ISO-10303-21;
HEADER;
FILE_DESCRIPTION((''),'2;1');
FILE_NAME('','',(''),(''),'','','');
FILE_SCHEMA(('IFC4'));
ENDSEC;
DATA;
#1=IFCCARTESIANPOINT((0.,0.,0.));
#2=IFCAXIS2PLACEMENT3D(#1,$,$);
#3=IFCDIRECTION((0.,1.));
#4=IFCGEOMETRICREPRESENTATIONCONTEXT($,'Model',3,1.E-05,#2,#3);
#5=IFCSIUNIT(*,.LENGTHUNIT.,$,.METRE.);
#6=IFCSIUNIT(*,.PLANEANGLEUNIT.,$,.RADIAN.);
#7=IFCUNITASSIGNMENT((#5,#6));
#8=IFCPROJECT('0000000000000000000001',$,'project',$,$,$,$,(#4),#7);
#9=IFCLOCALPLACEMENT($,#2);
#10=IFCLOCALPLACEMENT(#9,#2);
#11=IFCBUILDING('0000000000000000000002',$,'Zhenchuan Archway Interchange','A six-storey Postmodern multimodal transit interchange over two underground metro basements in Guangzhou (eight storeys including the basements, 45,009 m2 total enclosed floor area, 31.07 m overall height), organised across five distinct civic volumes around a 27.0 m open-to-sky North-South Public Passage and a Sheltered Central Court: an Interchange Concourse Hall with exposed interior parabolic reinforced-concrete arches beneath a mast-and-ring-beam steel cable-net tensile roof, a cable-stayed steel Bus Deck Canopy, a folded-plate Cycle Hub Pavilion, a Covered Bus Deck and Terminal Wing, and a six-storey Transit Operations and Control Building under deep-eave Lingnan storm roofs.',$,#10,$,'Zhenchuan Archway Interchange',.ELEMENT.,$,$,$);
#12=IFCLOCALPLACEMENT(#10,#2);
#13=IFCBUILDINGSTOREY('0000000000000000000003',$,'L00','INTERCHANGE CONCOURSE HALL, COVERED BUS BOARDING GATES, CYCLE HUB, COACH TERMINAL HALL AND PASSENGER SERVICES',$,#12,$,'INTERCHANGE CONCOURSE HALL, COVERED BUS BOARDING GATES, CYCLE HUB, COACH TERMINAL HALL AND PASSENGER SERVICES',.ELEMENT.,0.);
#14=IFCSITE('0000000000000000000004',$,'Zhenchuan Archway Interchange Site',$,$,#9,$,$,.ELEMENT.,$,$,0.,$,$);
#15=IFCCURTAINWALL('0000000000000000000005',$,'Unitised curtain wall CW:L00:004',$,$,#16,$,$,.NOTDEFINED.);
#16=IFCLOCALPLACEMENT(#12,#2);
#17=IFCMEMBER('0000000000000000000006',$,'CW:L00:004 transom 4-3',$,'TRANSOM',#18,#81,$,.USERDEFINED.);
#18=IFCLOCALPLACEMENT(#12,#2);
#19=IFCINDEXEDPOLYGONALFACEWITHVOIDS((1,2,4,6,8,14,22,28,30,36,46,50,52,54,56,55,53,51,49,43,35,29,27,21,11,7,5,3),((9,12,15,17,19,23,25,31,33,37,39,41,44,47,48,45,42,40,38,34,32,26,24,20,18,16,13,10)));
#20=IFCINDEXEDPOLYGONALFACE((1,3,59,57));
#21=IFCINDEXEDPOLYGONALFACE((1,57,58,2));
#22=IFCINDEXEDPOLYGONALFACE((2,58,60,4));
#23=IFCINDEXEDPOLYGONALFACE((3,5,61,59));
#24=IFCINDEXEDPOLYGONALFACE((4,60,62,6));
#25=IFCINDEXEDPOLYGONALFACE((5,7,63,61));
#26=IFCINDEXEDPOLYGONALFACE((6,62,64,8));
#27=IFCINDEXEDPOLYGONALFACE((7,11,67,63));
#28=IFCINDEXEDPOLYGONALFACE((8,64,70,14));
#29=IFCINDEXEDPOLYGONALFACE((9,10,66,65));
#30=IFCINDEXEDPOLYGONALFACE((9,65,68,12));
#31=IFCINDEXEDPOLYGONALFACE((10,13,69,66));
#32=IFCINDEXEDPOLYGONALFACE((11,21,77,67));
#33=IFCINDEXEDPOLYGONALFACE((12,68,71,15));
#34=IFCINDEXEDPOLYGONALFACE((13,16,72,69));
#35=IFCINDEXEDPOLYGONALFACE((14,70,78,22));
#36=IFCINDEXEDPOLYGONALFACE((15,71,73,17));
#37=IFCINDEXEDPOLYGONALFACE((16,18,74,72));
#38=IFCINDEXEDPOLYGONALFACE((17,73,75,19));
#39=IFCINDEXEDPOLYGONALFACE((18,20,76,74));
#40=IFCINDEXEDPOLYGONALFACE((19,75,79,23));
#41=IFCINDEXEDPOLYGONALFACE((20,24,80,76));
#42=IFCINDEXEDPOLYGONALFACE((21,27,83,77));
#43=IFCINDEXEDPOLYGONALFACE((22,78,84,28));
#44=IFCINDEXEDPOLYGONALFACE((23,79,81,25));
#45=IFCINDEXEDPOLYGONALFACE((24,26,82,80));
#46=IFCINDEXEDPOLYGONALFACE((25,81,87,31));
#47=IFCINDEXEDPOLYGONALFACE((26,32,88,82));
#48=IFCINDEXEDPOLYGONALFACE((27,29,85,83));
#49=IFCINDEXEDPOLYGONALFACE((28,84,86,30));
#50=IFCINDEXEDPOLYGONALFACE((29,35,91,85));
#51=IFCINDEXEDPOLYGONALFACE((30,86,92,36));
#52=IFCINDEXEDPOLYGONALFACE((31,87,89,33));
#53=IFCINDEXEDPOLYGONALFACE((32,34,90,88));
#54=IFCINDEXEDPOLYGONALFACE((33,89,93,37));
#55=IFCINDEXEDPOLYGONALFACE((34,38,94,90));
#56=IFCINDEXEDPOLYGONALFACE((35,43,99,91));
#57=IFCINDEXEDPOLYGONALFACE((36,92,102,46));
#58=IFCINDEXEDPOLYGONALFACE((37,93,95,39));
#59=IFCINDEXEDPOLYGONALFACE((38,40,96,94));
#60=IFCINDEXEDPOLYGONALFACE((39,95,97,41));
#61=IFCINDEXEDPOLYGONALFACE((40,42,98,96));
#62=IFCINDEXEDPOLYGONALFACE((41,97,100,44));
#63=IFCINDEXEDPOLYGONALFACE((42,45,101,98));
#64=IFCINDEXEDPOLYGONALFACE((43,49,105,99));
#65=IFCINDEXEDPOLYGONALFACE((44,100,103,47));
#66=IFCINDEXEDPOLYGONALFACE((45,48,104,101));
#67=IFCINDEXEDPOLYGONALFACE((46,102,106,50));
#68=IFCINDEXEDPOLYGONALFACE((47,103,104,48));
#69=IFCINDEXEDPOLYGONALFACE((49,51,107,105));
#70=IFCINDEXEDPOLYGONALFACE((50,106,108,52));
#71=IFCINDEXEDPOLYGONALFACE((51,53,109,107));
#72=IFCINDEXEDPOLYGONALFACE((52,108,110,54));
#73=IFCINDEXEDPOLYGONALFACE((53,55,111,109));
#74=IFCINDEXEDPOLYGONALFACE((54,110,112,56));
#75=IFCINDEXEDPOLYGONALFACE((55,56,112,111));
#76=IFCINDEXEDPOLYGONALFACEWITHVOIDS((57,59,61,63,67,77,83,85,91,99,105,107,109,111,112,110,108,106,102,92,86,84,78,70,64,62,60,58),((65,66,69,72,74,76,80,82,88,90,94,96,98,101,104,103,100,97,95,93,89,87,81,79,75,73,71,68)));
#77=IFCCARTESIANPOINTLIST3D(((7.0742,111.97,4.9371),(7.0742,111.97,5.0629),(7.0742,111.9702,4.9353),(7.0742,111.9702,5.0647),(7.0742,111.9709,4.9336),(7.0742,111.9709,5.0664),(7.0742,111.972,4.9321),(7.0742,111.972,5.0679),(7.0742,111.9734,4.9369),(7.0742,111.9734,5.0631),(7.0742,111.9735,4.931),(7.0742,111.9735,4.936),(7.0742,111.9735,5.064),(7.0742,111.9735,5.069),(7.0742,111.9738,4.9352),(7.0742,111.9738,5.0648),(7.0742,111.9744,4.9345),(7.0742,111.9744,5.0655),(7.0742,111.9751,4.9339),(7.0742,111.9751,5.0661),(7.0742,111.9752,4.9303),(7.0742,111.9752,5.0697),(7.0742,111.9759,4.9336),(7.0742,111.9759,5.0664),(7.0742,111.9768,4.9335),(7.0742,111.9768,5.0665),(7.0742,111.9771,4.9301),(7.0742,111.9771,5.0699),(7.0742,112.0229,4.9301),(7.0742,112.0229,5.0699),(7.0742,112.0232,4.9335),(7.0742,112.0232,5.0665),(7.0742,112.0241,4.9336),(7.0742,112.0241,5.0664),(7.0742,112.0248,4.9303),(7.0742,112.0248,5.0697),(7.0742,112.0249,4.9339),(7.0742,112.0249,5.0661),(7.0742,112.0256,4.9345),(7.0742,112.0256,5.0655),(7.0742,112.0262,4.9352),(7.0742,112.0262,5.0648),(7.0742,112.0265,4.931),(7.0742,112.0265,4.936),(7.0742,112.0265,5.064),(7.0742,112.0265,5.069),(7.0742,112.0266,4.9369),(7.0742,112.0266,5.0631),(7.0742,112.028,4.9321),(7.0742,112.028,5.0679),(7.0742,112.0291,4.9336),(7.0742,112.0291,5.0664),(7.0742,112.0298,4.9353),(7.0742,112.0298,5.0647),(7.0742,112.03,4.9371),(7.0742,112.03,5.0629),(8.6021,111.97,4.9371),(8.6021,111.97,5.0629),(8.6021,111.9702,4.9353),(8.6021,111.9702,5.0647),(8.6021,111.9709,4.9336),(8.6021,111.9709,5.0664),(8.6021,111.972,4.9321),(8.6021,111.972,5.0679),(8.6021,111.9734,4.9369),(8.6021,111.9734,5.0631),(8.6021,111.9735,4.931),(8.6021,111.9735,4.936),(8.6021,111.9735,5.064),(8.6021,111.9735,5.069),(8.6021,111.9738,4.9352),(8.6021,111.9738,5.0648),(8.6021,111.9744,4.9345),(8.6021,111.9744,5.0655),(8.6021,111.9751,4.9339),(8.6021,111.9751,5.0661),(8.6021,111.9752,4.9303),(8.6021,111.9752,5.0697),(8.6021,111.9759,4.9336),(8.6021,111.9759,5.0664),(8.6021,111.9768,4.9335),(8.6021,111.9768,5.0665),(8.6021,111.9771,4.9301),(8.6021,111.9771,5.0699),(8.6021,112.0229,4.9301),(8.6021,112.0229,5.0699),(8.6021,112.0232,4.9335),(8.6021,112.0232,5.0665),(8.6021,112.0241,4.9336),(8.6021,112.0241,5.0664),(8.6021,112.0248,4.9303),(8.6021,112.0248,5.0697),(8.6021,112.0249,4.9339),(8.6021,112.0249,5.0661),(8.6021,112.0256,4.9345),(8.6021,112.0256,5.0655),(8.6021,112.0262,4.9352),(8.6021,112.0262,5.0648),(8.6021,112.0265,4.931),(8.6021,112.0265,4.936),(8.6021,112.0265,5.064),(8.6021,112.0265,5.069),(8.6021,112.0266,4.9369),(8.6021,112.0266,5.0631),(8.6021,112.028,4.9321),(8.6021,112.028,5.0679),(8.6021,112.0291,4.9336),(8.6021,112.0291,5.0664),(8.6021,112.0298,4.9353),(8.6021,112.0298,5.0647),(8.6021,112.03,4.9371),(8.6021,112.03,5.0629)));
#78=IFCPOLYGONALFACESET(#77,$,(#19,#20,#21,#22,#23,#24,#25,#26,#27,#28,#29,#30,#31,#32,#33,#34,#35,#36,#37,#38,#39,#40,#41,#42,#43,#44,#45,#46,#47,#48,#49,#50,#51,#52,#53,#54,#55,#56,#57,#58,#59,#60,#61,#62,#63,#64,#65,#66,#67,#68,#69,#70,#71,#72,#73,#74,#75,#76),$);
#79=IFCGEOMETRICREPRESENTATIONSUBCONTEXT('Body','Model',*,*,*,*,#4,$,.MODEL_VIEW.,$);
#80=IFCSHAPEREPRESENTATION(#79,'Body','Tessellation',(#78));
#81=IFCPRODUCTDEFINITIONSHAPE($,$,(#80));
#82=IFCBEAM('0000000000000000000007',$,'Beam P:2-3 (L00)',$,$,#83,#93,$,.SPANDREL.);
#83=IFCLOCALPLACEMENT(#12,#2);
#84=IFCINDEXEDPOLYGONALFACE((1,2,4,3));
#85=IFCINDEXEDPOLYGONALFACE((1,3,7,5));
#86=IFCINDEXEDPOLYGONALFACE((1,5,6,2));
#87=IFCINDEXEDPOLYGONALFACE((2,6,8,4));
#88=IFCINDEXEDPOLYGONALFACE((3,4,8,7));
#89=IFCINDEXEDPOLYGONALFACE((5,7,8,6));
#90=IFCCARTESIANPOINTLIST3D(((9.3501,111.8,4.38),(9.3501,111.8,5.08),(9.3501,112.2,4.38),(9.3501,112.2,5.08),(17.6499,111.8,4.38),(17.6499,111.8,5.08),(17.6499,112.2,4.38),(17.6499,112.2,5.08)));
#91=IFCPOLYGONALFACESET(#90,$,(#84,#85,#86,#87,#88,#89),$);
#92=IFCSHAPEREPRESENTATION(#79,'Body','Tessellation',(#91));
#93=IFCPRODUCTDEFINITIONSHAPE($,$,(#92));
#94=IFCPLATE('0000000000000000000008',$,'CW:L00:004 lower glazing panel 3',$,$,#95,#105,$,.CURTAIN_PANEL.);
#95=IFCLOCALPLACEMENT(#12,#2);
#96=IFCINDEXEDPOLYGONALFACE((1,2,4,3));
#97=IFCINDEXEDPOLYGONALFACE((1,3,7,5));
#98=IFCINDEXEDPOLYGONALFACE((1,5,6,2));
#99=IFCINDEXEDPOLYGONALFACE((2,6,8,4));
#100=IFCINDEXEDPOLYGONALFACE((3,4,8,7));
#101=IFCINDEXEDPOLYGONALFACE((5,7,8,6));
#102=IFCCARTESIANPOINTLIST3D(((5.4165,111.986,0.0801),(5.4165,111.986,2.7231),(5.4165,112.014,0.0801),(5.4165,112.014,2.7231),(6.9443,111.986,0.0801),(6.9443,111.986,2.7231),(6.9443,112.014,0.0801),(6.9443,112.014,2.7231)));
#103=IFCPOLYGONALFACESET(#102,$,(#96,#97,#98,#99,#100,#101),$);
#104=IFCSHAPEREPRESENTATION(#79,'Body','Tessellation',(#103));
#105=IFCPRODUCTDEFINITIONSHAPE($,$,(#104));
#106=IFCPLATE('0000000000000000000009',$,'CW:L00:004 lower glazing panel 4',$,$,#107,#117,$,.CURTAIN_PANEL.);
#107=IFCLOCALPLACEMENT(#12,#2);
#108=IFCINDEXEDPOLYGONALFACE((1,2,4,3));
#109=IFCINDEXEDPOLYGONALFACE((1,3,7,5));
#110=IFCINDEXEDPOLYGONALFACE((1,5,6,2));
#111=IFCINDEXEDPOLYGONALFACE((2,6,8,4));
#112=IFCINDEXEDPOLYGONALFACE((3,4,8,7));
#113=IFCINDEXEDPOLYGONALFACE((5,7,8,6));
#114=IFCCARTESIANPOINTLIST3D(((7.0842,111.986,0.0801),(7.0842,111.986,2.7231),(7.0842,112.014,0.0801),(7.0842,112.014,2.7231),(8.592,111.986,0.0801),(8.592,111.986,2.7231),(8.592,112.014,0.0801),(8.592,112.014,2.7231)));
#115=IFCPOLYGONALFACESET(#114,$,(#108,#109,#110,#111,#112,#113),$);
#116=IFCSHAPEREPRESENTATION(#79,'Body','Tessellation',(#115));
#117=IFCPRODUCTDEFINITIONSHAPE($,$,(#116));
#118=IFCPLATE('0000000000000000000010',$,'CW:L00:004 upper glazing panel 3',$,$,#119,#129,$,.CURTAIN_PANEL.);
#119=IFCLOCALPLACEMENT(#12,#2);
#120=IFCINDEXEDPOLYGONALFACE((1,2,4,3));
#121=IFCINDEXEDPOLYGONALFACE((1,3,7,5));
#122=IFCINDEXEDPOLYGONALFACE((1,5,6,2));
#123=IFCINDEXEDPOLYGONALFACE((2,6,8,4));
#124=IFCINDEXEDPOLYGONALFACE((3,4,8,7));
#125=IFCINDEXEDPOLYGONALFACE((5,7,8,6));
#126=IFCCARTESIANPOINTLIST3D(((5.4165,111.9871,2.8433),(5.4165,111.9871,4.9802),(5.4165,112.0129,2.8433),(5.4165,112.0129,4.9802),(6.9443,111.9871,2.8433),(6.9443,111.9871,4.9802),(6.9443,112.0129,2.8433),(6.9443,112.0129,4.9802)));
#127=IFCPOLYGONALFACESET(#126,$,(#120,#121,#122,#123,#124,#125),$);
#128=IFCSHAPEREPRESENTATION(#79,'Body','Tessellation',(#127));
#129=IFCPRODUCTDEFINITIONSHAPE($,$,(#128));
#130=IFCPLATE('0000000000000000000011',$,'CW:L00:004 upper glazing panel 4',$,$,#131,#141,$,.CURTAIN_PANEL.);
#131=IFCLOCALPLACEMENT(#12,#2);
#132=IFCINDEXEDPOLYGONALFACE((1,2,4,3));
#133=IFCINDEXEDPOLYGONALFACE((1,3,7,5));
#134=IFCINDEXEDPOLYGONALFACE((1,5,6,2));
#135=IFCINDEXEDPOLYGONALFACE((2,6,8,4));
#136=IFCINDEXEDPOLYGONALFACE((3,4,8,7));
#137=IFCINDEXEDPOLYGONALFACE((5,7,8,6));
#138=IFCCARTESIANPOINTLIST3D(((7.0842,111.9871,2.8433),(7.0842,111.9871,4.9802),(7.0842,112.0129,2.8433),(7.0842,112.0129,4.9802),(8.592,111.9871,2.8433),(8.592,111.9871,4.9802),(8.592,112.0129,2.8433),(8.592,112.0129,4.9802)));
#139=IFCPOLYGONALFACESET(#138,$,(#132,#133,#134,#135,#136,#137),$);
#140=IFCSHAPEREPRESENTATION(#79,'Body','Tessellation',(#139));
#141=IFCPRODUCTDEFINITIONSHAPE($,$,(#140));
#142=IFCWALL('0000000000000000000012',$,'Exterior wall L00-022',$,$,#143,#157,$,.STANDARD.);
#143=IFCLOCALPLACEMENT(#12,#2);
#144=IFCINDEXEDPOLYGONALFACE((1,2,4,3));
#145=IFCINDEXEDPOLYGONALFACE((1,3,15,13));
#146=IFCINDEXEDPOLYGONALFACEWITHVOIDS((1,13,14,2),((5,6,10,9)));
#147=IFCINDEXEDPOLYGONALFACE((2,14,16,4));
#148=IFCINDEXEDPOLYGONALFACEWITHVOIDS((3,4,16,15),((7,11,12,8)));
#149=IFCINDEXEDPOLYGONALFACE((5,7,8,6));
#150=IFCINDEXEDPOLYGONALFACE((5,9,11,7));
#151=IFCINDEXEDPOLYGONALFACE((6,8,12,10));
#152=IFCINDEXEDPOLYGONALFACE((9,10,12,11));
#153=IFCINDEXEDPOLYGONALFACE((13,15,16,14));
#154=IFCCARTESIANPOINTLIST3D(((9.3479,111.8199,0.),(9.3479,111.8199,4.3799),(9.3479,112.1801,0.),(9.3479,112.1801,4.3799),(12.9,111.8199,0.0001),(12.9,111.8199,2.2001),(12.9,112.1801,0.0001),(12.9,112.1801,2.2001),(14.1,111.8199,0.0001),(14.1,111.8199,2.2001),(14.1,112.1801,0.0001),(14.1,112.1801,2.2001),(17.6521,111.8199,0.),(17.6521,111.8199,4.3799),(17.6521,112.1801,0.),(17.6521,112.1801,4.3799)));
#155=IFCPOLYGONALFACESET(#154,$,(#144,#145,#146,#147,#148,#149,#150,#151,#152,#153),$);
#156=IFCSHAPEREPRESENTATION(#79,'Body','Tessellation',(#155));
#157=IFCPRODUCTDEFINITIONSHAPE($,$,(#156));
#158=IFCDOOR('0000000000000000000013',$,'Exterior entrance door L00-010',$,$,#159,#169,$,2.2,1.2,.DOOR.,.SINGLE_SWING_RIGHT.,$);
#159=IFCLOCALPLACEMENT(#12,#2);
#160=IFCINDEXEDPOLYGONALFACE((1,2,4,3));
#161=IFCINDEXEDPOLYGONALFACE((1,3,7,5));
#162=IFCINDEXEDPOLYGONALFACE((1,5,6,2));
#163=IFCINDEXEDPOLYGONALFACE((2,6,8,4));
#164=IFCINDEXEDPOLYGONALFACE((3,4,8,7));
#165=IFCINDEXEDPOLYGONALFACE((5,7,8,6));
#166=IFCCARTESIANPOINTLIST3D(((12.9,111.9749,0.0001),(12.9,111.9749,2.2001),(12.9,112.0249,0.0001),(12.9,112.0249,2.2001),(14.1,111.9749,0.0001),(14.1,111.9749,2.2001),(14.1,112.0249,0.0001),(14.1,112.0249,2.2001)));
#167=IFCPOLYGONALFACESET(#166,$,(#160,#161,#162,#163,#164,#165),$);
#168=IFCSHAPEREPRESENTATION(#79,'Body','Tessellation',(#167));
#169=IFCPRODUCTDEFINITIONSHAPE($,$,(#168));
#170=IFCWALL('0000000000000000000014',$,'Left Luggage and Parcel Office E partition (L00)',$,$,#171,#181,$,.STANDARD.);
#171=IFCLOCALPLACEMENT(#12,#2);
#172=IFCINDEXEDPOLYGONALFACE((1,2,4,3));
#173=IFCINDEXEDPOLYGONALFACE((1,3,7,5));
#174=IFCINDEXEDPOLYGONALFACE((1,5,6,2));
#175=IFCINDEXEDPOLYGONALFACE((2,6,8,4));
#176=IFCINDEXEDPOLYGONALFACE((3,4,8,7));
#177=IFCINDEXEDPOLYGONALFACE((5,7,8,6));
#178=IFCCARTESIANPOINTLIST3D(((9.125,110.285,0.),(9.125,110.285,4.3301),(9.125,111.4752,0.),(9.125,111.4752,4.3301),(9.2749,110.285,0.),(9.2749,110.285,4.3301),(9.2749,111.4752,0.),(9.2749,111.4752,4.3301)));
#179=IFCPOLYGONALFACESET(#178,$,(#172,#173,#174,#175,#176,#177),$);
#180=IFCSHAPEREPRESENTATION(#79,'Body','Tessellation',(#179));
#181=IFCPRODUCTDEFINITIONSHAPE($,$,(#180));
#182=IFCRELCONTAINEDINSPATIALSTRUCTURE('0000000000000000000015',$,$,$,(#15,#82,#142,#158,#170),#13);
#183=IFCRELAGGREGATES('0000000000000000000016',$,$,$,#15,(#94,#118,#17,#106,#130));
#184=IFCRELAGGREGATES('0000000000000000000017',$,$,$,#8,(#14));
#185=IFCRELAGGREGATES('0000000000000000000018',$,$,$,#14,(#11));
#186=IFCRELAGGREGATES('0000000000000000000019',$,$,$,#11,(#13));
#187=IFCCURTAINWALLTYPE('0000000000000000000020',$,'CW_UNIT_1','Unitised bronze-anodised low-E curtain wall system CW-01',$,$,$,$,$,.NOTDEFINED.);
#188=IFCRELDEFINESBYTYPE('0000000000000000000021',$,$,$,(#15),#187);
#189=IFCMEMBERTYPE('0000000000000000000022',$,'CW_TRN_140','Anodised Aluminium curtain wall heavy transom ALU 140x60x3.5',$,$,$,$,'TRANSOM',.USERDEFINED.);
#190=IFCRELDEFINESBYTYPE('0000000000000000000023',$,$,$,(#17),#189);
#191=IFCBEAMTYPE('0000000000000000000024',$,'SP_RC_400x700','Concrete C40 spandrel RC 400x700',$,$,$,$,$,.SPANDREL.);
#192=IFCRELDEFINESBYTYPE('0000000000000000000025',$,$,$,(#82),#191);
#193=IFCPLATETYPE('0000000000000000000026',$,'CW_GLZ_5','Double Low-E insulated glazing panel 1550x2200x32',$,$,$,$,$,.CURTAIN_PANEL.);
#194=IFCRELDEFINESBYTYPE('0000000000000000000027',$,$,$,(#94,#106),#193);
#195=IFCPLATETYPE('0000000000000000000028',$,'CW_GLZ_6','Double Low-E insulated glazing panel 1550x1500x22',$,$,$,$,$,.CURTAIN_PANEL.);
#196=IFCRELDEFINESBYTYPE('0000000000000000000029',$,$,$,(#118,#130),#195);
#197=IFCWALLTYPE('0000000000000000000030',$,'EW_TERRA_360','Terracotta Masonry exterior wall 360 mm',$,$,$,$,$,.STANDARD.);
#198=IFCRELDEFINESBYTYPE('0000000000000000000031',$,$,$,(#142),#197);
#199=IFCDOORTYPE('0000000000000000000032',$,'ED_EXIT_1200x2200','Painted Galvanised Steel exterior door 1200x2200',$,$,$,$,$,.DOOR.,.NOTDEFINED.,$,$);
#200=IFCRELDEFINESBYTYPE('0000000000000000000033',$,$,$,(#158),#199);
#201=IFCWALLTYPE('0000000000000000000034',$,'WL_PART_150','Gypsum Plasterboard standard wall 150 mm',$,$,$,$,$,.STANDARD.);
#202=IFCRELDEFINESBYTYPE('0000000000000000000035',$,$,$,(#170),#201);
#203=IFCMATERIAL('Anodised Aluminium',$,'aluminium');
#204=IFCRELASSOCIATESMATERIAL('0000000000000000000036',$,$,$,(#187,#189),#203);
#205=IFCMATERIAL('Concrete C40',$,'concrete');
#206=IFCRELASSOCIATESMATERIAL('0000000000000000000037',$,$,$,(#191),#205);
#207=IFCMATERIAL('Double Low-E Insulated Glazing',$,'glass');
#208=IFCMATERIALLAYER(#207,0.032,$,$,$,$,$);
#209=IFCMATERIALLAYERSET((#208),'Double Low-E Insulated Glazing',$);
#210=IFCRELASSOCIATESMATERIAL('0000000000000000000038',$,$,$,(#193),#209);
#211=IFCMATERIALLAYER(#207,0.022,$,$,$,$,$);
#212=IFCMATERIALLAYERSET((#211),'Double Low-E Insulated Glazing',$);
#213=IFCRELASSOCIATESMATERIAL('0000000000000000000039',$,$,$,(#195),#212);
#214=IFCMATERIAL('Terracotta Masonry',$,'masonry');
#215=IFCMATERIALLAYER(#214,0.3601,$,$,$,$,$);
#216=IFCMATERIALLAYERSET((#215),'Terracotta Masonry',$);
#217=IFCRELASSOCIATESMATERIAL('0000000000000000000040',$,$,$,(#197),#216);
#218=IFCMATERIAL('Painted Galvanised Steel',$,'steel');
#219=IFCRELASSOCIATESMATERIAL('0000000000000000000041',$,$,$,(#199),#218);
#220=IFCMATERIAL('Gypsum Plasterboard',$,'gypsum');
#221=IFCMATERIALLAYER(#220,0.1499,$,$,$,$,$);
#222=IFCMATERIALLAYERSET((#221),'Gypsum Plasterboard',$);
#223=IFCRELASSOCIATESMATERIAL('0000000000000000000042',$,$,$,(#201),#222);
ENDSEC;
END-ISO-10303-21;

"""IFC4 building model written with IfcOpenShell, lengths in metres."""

from ifc_helpers import new_model, si_unit, direction, frame, frame_2d, origin, origin_2d, place, context, subcontext, project, spatial, rectangle, hollow_rectangle, extrude, material, layer, layer_set, material_profile, profile_set, type_object, element, fill, aggregate, save


model = new_model("IFC4")

# Units and contexts
model_context = context("Model", 3, precision=1e-05, world=origin(), true_north=direction((0.0, 1.0)))
body_context = subcontext(model_context, "Body", "Model", "MODEL_VIEW")
ifc_project = project(units=[si_unit("LENGTHUNIT", "METRE"), si_unit("PLANEANGLEUNIT", "RADIAN")], contexts=[model_context])

# Site, building, storey
site_placement = place(None, origin())
site = spatial("IfcSite", under=ifc_project, at=site_placement, Name="Zhenchuan Archway Interchange Site", CompositionType="ELEMENT", RefElevation=0.0)
building_placement = place(site_placement, origin())
building = spatial("IfcBuilding", under=site, at=building_placement, Name="Zhenchuan Archway Interchange", Description="A six-storey Postmodern multimodal transit interchange over two underground metro basements in Guangzhou (eight storeys including the basements, 45,009 m2 total enclosed floor area, 31.07 m overall height), organised across five distinct civic volumes around a 27.0 m open-to-sky North-South Public Passage and a Sheltered Central Court: an Interchange Concourse Hall with exposed interior parabolic reinforced-concrete arches beneath a mast-and-ring-beam steel cable-net tensile roof, a cable-stayed steel Bus Deck Canopy, a folded-plate Cycle Hub Pavilion, a Covered Bus Deck and Terminal Wing, and a six-storey Transit Operations and Control Building under deep-eave Lingnan storm roofs.", LongName="Zhenchuan Archway Interchange", CompositionType="ELEMENT")
storey_placement = place(building_placement, origin())
storey = spatial("IfcBuildingStorey", under=building, at=storey_placement, Name="L00", Description="INTERCHANGE CONCOURSE HALL, COVERED BUS BOARDING GATES, CYCLE HUB, COACH TERMINAL HALL AND PASSENGER SERVICES", LongName="INTERCHANGE CONCOURSE HALL, COVERED BUS BOARDING GATES, CYCLE HUB, COACH TERMINAL HALL AND PASSENGER SERVICES", CompositionType="ELEMENT", Elevation=0.0)

# Shared definitions
ifc_material_1 = material(Name="Concrete C40", Category="concrete")

# Curtain wall, member
ifc_material_2 = material(Name="Anodised Aluminium", Category="aluminium")
curtain_wall_type = type_object("IfcCurtainWallType", Name="CW_UNIT_1", Description="Unitised bronze-anodised low-E curtain wall system CW-01", PredefinedType="NOTDEFINED", material=ifc_material_2)
curtain_wall_placement = place(storey_placement, origin())
curtain_wall = element("IfcCurtainWall", 1, at=curtain_wall_placement, inside=storey, type_object=curtain_wall_type, Name="Unitised curtain wall CW:L00:004", PredefinedType="NOTDEFINED")
ifc_material_profile_1 = material_profile(ifc_material_2, hollow_rectangle(XDim=0.0601, YDim=0.1399, WallThickness=0.0034, InnerFilletRadius=0.0034, OuterFilletRadius=0.0071, at=origin_2d()), Name="ALU 140x60x3.5")
ifc_profile_set_1 = profile_set([ifc_material_profile_1], Name="Anodised Aluminium")
member_type_1 = type_object("IfcMemberType", Name="CW_TRN_140", Description="Anodised Aluminium curtain wall heavy transom ALU 140x60x3.5", ElementType="TRANSOM", PredefinedType="USERDEFINED", material=ifc_profile_set_1)
member_1_placement = place(storey_placement, frame((7.0742, 112.0, 5.0), z_axis=(1.0, 0.0, 0.0), x_axis=(0.0, 1.0, 0.0)))
member_1 = element("IfcMember", 2, at=member_1_placement, type_object=member_type_1, Name="CW:L00:004 transom 4-3", ObjectType="TRANSOM", PredefinedType="USERDEFINED", context=body_context, shape_type="SweptSolid", body=[
    extrude(hollow_rectangle(XDim=0.0601, YDim=0.1399, WallThickness=0.0034, InnerFilletRadius=0.0034, OuterFilletRadius=0.0071, at=origin_2d()), origin(), (0.0, 0.0, 1.0), 1.5278),
])

# Beam
ifc_material_profile_2 = material_profile(ifc_material_1, rectangle(XDim=0.3999, YDim=0.7, at=origin_2d()), Name="RC 400x700")
ifc_profile_set_2 = profile_set([ifc_material_profile_2], Name="Concrete C40")
beam_type = type_object("IfcBeamType", Name="SP_RC_400x700", Description="Concrete C40 spandrel RC 400x700", PredefinedType="SPANDREL", material=ifc_profile_set_2)
beam_placement = place(storey_placement, frame((9.3501, 112.0, 4.73), z_axis=(1.0, 0.0, 0.0), x_axis=(0.0, 1.0, 0.0)))
element("IfcBeam", 3, at=beam_placement, inside=storey, type_object=beam_type, Name="Beam P:2-3 (L00)", PredefinedType="SPANDREL", context=body_context, shape_type="SweptSolid", body=[
    extrude(rectangle(XDim=0.3999, YDim=0.7, at=origin_2d()), origin(), (0.0, 0.0, 1.0), 8.2998),
])

# Plates
ifc_material_3 = material(Name="Double Low-E Insulated Glazing", Category="glass")
ifc_layer_1 = layer(ifc_material_3, 0.032)
ifc_layer_set_1 = layer_set([ifc_layer_1], Name="Double Low-E Insulated Glazing")
plate_type_1 = type_object("IfcPlateType", Name="CW_GLZ_5", Description="Double Low-E insulated glazing panel 1550x2200x32", PredefinedType="CURTAIN_PANEL", material=ifc_layer_set_1)
plate_1_placement = place(storey_placement, frame((6.1804, 112.0, 0.0801), z_axis=(0.0, 0.0, 1.0), x_axis=(1.0, 0.0, 0.0)))
plate_1 = element("IfcPlate", 4, at=plate_1_placement, type_object=plate_type_1, Name="CW:L00:004 lower glazing panel 3", PredefinedType="CURTAIN_PANEL", context=body_context, shape_type="SweptSolid", body=[
    extrude(rectangle(XDim=1.5278, YDim=0.0281, at=origin_2d()), origin(), (0.0, 0.0, 1.0), 2.6431),
])
plate_2_placement = place(storey_placement, frame((7.8381, 112.0, 0.0801), z_axis=(0.0, 0.0, 1.0), x_axis=(1.0, 0.0, 0.0)))
plate_2 = element("IfcPlate", 5, at=plate_2_placement, type_object=plate_type_1, Name="CW:L00:004 lower glazing panel 4", PredefinedType="CURTAIN_PANEL", context=body_context, shape_type="SweptSolid", body=[
    extrude(rectangle(XDim=1.5078, YDim=0.0281, at=origin_2d()), origin(), (0.0, 0.0, 1.0), 2.6431),
])
ifc_layer_2 = layer(ifc_material_3, 0.022)
ifc_layer_set_2 = layer_set([ifc_layer_2], Name="Double Low-E Insulated Glazing")
plate_type_2 = type_object("IfcPlateType", Name="CW_GLZ_6", Description="Double Low-E insulated glazing panel 1550x1500x22", PredefinedType="CURTAIN_PANEL", material=ifc_layer_set_2)
plate_3_placement = place(storey_placement, frame((6.1804, 112.0, 2.8433), z_axis=(0.0, 0.0, 1.0), x_axis=(1.0, 0.0, 0.0)))
plate_3 = element("IfcPlate", 6, at=plate_3_placement, type_object=plate_type_2, Name="CW:L00:004 upper glazing panel 3", PredefinedType="CURTAIN_PANEL", context=body_context, shape_type="SweptSolid", body=[
    extrude(rectangle(XDim=1.5278, YDim=0.0259, at=origin_2d()), origin(), (0.0, 0.0, 1.0), 2.137),
])
plate_4_placement = place(storey_placement, frame((7.8381, 112.0, 2.8433), z_axis=(0.0, 0.0, 1.0), x_axis=(1.0, 0.0, 0.0)))
plate_4 = element("IfcPlate", 7, at=plate_4_placement, type_object=plate_type_2, Name="CW:L00:004 upper glazing panel 4", PredefinedType="CURTAIN_PANEL", context=body_context, shape_type="SweptSolid", body=[
    extrude(rectangle(XDim=1.5078, YDim=0.0259, at=origin_2d()), origin(), (0.0, 0.0, 1.0), 2.137),
])
aggregate(curtain_wall, [plate_1, plate_3, member_1, plate_2, plate_4])

# Wall, opening, door
ifc_material_4 = material(Name="Terracotta Masonry", Category="masonry")
ifc_layer_3 = layer(ifc_material_4, 0.3601)
ifc_layer_set_3 = layer_set([ifc_layer_3], Name="Terracotta Masonry")
wall_type_1 = type_object("IfcWallType", Name="EW_TERRA_360", Description="Terracotta Masonry exterior wall 360 mm", PredefinedType="STANDARD", material=ifc_layer_set_3)
wall_1_placement = place(storey_placement, frame((9.3479, 112.0, 0.0), z_axis=(0.0, 0.0, 1.0), x_axis=(1.0, 0.0, 0.0)))
wall_1 = element("IfcWall", 8, at=wall_1_placement, inside=storey, type_object=wall_type_1, Name="Exterior wall L00-022", PredefinedType="STANDARD", context=body_context, shape_type="SweptSolid", body=[
    extrude(rectangle(XDim=8.3042, YDim=0.3601, at=frame_2d((4.1521, 0.0))), origin(), (0.0, 0.0, 1.0), 4.3799),
])
opening_placement = place(wall_1_placement, frame((3.552, 0.0, 0.0)))
opening = element("IfcOpeningElement", 9, at=opening_placement, cuts=wall_1, PredefinedType="OPENING", context=body_context, shape_type="SweptSolid", body=[
    extrude(rectangle(XDim=1.2, YDim=2.2, at=frame_2d((0.6001, 1.1001))), frame((0.0, 0.1919, 0.0), z_axis=(0.0, -1.0, 0.0), x_axis=(1.0, 0.0, 0.0)), (0.0, 0.0, 1.0), 0.384),
])
ifc_material_5 = material(Name="Painted Galvanised Steel", Category="steel")
door_type = type_object("IfcDoorType", Name="ED_EXIT_1200x2200", Description="Painted Galvanised Steel exterior door 1200x2200", OperationType="NOTDEFINED", PredefinedType="DOOR", material=ifc_material_5)
door_placement = place(opening_placement, origin())
door = element("IfcDoor", 10, at=door_placement, inside=storey, type_object=door_type, Name="Exterior entrance door L00-010", OperationType="SINGLE_SWING_RIGHT", OverallHeight=2.2, OverallWidth=1.2, PredefinedType="DOOR", context=body_context, shape_type="SweptSolid", body=[
    extrude(rectangle(XDim=1.2, YDim=2.2, at=frame_2d((0.6001, 1.1001))), frame((0.0, 0.0249, 0.0), z_axis=(0.0, -1.0, 0.0), x_axis=(1.0, 0.0, 0.0)), (0.0, 0.0, 1.0), 0.05),
])
fill(opening, door)

# Wall
ifc_material_6 = material(Name="Gypsum Plasterboard", Category="gypsum")
ifc_layer_4 = layer(ifc_material_6, 0.1499)
ifc_layer_set_4 = layer_set([ifc_layer_4], Name="Gypsum Plasterboard")
wall_type_2 = type_object("IfcWallType", Name="WL_PART_150", Description="Gypsum Plasterboard standard wall 150 mm", PredefinedType="STANDARD", material=ifc_layer_set_4)
wall_2_placement = place(storey_placement, frame((9.2, 110.2849, 0.0), z_axis=(0.0, 0.0, 1.0), x_axis=(0.0, 1.0, 0.0)))
element("IfcWall", 11, at=wall_2_placement, inside=storey, type_object=wall_type_2, Name="Left Luggage and Parcel Office E partition (L00)", PredefinedType="STANDARD", context=body_context, shape_type="SweptSolid", body=[
    extrude(rectangle(XDim=1.1902, YDim=0.1499, at=frame_2d((0.5952, 0.0))), origin(), (0.0, 0.0, 1.0), 4.3301),
])

save(model, "model.ifc")
